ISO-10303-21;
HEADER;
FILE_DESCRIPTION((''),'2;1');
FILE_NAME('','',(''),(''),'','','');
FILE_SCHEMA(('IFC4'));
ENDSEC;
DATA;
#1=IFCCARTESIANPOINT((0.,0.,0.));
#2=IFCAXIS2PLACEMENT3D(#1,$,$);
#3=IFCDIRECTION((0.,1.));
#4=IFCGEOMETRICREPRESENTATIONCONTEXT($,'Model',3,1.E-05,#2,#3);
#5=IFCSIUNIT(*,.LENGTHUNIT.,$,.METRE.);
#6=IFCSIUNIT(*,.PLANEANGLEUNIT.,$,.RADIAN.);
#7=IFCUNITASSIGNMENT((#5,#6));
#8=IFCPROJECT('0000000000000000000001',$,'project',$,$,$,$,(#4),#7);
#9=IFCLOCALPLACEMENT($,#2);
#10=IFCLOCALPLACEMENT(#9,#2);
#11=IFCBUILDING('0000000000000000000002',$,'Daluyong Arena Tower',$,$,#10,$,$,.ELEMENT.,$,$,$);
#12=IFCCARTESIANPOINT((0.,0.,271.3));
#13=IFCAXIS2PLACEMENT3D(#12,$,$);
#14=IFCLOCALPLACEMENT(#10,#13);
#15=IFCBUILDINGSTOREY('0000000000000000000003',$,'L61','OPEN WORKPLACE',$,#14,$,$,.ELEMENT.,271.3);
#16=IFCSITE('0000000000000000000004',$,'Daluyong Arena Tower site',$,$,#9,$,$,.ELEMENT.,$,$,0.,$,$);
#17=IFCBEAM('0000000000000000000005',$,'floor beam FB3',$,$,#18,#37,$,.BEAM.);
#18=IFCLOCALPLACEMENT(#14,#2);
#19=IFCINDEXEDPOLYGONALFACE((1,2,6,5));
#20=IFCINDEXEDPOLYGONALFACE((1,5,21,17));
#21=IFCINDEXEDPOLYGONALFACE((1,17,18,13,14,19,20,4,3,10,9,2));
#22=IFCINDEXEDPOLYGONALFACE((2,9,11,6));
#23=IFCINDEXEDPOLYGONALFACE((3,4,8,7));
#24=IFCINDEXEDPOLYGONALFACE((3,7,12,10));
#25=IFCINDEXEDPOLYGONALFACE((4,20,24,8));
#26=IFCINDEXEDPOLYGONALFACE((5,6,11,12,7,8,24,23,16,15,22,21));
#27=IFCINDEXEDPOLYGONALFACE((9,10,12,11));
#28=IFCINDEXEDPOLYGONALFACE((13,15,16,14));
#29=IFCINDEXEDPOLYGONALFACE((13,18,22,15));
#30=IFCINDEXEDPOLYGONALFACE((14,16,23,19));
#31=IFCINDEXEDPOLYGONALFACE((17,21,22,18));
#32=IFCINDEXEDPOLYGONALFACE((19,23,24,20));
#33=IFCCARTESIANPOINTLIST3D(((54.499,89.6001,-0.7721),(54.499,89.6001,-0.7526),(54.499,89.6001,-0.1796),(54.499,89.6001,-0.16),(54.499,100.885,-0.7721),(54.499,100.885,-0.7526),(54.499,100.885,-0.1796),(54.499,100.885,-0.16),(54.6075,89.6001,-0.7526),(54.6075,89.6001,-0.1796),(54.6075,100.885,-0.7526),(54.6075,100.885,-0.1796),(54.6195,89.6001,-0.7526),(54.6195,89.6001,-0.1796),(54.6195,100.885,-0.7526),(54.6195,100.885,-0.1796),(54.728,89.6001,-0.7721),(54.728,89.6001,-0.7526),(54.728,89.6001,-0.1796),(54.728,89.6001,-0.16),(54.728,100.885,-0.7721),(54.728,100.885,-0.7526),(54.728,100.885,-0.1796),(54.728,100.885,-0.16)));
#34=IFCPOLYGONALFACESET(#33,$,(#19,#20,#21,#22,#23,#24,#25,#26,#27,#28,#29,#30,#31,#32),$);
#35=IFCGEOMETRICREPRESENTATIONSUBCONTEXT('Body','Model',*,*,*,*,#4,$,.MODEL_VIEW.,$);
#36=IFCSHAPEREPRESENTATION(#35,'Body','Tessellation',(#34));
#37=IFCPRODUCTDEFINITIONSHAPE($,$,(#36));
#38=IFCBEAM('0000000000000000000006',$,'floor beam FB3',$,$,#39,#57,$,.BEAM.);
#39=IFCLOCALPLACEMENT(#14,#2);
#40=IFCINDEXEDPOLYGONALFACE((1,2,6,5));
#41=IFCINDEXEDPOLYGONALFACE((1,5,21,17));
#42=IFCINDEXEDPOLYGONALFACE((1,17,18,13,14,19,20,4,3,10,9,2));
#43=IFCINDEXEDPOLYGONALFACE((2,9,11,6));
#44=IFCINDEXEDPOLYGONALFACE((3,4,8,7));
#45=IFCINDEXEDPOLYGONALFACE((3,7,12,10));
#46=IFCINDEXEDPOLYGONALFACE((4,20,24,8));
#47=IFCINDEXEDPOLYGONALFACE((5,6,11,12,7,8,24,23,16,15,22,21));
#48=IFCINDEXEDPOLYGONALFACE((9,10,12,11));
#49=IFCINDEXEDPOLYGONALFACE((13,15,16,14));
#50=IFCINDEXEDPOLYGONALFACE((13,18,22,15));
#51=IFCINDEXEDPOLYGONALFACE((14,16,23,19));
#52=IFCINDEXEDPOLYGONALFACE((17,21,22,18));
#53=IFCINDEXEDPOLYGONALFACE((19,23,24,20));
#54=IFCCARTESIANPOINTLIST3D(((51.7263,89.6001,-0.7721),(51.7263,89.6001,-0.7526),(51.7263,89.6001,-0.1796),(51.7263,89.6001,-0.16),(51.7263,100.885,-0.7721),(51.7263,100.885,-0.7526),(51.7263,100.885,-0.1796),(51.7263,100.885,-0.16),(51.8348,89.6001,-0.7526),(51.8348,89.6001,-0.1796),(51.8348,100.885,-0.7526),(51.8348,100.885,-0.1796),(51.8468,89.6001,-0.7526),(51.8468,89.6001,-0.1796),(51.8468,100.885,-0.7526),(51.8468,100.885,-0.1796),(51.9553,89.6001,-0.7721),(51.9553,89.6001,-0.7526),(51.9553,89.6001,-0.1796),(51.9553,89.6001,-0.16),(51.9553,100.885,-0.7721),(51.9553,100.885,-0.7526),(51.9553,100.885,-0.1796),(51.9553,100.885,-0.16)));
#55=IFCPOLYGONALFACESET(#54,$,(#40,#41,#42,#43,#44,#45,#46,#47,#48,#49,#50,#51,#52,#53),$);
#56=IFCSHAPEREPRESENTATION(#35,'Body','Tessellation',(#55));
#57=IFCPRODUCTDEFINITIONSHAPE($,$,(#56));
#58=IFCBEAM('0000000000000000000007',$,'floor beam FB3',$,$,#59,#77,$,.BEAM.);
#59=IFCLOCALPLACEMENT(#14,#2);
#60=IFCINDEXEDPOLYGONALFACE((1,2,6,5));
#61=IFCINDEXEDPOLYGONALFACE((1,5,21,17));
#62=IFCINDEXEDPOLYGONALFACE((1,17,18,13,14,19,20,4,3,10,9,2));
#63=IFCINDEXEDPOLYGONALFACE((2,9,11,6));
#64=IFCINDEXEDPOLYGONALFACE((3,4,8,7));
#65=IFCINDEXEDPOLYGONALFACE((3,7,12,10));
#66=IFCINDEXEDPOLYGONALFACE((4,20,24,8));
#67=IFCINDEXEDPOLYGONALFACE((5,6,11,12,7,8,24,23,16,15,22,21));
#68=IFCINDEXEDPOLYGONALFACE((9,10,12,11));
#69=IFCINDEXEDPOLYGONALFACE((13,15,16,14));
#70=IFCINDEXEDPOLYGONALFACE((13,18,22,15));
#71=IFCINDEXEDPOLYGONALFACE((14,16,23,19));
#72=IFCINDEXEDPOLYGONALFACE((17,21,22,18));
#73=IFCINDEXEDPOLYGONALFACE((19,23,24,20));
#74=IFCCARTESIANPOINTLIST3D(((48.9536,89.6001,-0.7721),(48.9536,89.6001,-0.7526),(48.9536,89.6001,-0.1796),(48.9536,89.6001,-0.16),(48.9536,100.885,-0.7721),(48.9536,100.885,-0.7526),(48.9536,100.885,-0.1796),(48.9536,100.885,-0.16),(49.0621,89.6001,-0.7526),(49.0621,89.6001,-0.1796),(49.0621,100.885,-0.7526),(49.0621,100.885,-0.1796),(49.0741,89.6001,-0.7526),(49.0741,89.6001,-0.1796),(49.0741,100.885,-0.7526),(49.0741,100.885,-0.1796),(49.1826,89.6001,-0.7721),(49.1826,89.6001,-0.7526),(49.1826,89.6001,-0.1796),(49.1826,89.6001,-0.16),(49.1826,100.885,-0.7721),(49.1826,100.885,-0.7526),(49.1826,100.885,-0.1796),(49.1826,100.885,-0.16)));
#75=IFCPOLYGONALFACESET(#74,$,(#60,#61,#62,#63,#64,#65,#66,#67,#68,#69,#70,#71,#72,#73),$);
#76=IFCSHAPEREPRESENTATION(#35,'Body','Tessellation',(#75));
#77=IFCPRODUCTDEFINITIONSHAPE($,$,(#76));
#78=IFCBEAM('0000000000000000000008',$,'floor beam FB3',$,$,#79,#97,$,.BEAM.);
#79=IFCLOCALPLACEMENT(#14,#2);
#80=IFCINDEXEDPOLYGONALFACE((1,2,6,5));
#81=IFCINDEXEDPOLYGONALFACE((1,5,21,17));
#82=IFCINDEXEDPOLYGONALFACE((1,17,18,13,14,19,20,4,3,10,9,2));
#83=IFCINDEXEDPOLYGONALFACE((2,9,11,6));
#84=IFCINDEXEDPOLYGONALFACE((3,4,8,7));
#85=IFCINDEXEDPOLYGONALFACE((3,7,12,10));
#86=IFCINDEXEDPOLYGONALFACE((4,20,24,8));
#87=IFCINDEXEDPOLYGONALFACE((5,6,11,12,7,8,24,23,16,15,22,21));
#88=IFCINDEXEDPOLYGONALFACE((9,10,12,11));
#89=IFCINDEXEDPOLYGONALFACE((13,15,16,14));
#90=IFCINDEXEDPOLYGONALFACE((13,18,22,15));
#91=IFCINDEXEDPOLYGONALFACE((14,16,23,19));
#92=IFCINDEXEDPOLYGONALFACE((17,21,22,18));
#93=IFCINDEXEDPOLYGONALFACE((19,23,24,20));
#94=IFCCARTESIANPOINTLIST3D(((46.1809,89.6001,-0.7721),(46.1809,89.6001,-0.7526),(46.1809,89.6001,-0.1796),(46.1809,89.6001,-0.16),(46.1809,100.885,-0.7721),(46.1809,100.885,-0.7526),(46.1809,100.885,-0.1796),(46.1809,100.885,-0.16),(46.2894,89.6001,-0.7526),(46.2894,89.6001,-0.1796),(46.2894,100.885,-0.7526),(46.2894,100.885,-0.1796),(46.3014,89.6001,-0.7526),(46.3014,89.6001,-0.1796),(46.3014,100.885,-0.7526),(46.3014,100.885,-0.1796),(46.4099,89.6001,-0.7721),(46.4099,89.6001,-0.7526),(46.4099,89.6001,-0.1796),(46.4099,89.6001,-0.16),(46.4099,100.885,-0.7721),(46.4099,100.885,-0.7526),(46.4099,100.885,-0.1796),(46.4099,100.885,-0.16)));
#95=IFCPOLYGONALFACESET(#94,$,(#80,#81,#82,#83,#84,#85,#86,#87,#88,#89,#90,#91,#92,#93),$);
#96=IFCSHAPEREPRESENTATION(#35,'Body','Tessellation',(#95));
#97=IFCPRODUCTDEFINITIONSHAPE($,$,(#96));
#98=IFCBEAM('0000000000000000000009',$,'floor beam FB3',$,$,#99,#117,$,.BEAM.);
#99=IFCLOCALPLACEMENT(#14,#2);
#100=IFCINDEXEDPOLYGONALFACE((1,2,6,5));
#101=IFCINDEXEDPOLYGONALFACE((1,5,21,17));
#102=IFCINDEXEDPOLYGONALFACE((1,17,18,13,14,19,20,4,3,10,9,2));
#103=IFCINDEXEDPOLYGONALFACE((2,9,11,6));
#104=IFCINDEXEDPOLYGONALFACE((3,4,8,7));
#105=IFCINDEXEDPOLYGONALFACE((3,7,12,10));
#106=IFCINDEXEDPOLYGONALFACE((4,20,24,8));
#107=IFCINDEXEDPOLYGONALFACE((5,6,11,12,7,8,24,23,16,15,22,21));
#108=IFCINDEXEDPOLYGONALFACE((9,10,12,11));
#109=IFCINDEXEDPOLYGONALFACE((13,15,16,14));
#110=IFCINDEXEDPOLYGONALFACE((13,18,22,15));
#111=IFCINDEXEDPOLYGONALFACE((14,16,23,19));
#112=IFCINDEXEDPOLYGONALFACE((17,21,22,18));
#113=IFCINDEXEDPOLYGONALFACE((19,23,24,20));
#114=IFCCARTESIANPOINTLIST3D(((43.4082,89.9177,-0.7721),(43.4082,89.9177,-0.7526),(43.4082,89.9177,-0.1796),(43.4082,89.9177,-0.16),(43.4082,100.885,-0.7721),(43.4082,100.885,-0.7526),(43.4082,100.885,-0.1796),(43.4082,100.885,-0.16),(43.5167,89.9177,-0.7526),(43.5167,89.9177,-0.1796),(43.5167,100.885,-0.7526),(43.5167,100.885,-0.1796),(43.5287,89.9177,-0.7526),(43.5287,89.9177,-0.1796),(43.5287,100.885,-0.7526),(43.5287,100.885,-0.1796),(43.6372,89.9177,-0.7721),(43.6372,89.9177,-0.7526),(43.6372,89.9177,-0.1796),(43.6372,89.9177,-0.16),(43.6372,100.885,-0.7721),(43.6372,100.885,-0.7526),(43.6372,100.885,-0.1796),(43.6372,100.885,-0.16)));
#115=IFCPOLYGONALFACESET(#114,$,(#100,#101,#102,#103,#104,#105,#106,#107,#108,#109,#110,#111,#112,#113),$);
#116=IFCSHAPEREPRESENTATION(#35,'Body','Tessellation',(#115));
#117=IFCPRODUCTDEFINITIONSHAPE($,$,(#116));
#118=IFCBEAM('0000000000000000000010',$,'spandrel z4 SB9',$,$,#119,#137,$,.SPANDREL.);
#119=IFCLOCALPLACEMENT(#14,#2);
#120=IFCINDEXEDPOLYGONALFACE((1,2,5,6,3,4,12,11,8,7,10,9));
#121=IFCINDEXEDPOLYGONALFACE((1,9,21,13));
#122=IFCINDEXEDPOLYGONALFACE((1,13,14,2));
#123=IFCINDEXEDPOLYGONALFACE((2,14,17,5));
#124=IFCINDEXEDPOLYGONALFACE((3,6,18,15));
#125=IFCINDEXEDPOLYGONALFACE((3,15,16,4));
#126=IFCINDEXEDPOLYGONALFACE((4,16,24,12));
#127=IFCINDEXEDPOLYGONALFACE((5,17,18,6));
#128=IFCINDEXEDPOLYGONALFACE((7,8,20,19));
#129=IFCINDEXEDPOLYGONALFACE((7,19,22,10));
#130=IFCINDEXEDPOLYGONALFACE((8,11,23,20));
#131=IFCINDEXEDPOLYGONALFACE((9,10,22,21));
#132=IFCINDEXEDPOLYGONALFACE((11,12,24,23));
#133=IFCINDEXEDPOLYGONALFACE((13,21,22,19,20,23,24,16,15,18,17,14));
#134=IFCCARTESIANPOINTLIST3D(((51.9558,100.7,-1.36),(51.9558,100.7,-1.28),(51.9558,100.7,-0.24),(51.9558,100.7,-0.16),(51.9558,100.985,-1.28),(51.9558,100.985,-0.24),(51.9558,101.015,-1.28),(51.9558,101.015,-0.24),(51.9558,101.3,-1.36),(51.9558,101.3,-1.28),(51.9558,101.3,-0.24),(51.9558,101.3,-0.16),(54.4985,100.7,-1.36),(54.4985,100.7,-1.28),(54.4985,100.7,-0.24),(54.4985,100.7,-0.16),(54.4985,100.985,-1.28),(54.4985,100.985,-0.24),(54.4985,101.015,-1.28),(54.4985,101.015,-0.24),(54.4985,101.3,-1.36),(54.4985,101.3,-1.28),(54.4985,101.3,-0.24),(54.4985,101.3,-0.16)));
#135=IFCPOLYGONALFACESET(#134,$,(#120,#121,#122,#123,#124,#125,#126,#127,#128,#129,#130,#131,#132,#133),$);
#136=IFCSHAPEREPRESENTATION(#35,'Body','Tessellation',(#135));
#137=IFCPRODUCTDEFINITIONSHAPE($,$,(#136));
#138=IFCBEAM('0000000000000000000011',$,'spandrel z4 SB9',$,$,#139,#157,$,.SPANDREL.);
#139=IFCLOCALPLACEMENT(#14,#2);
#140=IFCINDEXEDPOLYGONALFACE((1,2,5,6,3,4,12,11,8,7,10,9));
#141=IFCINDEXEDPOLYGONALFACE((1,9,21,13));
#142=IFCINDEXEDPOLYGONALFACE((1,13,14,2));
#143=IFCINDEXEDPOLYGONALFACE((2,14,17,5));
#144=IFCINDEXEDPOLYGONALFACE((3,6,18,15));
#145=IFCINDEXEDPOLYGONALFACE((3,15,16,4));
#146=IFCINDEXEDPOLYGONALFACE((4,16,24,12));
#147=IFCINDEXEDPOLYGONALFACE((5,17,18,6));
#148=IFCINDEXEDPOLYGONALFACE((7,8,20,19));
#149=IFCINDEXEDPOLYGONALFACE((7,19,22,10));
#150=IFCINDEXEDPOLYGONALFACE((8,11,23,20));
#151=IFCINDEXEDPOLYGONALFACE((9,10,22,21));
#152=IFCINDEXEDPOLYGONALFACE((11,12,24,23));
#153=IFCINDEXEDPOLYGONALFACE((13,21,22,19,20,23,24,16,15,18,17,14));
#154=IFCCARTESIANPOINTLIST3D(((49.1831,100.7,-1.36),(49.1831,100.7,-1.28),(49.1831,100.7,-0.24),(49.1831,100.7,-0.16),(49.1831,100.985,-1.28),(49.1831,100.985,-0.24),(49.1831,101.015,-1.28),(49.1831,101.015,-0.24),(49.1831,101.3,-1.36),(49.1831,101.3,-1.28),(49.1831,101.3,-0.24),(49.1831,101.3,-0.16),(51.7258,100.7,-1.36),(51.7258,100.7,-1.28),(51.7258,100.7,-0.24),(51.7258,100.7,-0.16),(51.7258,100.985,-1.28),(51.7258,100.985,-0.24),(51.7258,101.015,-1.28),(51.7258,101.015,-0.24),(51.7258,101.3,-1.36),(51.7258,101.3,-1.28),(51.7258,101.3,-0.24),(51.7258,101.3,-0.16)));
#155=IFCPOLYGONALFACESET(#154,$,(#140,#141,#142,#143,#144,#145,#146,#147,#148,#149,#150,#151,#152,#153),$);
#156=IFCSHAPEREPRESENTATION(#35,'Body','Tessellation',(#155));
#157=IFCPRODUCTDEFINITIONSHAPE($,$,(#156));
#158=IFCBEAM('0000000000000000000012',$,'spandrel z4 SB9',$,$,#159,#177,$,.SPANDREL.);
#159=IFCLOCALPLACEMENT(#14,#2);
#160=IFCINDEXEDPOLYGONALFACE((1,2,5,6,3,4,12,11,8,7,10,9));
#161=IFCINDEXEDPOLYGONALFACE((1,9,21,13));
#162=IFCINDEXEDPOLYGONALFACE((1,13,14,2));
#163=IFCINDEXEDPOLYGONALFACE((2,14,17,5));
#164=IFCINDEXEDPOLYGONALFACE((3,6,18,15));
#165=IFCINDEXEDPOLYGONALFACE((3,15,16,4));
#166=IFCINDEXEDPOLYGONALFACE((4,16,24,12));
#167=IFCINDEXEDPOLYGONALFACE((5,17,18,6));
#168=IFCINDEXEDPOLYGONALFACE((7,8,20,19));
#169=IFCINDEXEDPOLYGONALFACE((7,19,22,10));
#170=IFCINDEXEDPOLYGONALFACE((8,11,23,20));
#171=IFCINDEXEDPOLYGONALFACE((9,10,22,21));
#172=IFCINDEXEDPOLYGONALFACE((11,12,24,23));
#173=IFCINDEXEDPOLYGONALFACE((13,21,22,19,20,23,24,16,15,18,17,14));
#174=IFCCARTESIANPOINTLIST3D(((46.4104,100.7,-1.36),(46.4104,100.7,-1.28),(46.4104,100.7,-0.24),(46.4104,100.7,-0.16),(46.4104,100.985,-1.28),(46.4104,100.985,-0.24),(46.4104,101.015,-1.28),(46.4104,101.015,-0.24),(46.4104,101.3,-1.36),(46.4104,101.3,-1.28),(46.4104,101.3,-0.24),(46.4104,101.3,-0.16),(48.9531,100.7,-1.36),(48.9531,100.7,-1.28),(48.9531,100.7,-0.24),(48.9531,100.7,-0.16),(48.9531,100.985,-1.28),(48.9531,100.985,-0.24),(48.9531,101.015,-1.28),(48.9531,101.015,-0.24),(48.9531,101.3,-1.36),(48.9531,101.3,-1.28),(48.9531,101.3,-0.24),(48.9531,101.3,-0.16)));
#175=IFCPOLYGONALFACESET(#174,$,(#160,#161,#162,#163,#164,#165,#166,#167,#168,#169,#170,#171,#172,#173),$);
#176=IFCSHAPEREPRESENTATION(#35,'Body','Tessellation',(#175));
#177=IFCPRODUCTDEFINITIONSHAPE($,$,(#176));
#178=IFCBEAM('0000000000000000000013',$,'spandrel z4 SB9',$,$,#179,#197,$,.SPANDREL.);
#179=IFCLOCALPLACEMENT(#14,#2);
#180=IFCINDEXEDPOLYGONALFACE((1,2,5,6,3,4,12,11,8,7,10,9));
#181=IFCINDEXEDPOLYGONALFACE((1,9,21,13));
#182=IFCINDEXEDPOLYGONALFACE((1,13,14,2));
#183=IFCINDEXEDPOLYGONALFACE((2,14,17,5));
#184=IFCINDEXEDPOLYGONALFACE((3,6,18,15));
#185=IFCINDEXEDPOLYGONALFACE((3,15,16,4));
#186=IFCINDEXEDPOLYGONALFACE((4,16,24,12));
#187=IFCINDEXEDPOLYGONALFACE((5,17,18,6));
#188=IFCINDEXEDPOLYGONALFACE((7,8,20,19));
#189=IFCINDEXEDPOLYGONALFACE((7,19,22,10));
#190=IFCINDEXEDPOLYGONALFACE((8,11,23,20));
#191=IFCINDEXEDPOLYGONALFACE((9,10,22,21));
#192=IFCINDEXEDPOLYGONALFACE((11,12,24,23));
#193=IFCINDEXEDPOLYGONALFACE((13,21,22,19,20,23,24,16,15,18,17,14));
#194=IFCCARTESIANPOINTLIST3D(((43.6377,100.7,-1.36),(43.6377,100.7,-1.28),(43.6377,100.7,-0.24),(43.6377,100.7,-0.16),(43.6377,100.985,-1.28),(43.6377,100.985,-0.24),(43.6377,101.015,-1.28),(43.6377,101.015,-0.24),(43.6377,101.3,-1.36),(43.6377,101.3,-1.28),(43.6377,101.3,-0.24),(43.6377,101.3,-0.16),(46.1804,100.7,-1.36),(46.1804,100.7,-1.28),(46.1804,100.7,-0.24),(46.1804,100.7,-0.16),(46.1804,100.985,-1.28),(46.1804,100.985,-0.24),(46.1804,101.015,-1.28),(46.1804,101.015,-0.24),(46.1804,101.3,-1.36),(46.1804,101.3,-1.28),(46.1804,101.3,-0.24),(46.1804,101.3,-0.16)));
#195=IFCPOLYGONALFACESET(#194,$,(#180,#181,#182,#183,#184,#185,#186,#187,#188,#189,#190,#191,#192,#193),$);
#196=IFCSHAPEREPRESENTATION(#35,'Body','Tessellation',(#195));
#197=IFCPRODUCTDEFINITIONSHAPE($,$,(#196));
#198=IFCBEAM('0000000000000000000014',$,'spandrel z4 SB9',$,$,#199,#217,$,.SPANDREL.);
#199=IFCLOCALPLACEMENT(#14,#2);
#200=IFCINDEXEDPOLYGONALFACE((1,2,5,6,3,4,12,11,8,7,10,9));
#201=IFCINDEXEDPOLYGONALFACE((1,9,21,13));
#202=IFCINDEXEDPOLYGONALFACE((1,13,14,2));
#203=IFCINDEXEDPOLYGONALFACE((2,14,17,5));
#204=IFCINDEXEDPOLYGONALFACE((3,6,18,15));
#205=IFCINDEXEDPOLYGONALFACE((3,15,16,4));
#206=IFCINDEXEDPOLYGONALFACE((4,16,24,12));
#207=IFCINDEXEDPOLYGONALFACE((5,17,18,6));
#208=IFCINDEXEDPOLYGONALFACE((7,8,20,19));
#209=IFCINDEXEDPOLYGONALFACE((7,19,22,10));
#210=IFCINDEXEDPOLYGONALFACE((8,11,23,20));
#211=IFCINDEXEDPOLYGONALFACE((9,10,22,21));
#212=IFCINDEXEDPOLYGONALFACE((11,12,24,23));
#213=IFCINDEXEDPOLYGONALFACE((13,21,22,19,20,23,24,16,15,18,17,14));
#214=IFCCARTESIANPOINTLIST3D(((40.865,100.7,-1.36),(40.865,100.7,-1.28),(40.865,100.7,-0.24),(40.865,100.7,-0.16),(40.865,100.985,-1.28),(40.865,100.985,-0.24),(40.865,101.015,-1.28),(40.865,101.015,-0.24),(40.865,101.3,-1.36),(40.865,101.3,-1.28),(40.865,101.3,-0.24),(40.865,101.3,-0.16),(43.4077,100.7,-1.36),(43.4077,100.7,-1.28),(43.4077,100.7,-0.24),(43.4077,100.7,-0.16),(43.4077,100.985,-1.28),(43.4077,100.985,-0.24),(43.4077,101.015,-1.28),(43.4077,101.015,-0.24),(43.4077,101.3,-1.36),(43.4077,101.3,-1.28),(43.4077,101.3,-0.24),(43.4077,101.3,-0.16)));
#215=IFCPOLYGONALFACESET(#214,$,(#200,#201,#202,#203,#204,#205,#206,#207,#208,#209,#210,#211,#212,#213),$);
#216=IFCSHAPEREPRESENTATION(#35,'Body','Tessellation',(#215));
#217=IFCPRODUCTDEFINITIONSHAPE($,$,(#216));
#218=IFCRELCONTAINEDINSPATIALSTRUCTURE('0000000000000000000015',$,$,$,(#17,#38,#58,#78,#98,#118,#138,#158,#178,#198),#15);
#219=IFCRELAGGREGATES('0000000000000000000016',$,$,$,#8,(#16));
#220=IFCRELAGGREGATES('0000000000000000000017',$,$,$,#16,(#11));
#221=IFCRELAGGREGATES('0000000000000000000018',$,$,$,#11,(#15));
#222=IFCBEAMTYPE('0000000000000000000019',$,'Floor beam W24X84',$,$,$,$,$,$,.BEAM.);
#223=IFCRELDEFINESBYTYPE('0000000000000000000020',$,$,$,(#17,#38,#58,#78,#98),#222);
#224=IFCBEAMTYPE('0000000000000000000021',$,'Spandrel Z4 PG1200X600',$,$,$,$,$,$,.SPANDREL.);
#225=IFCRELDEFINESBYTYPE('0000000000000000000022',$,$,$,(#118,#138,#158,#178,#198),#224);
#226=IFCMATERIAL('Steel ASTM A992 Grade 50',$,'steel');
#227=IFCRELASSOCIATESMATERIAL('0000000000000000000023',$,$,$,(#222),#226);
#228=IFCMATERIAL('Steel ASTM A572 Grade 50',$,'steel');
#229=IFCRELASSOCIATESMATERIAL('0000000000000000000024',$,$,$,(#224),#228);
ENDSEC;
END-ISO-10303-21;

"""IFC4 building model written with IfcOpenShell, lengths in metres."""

from ifc_helpers import new_model, si_unit, direction, frame, origin, origin_2d, place, context, subcontext, project, spatial, i_section, extrude, material, material_profile, profile_set, type_object, element, save


model = new_model("IFC4")

# Units and contexts
model_context = context("Model", 3, precision=1e-05, world=origin(), true_north=direction((0.0, 1.0)))
body_context = subcontext(model_context, "Body", "Model", "MODEL_VIEW")
ifc_project = project(units=[si_unit("LENGTHUNIT", "METRE"), si_unit("PLANEANGLEUNIT", "RADIAN")], contexts=[model_context])

# Site, building, storey
site_placement = place(None, origin())
site = spatial("IfcSite", under=ifc_project, at=site_placement, Name="Daluyong Arena Tower site", CompositionType="ELEMENT", RefElevation=0.0)
building_placement = place(site_placement, origin())
building = spatial("IfcBuilding", under=site, at=building_placement, Name="Daluyong Arena Tower", CompositionType="ELEMENT")
storey_placement = place(building_placement, frame((0.0, 0.0, 271.3)))
storey = spatial("IfcBuildingStorey", under=building, at=storey_placement, Name="L61", Description="OPEN WORKPLACE", CompositionType="ELEMENT", Elevation=271.3)

# Beams
ifc_material_1 = material(Name="Steel ASTM A992 Grade 50", Category="steel")
ifc_material_profile_1 = material_profile(ifc_material_1, i_section(OverallWidth=0.229, OverallDepth=0.6121, WebThickness=0.012, FlangeThickness=0.0195, at=origin_2d()))
ifc_profile_set_1 = profile_set([ifc_material_profile_1], Name="Steel ASTM A992 Grade 50")
beam_type_1 = type_object("IfcBeamType", Name="Floor beam W24X84", PredefinedType="BEAM", material=ifc_profile_set_1)
for number, where, z_axis, x_axis, name in (
    (1, (54.6135, 100.885, -0.4661), (0.0, -1.0, 0.0), (1.0, 0.0, 0.0), "floor beam FB3"),
    (2, (51.8408, 100.885, -0.4661), (0.0, -1.0, 0.0), (1.0, 0.0, 0.0), "floor beam FB3"),
    (3, (49.0681, 100.885, -0.4661), (0.0, -1.0, 0.0), (1.0, 0.0, 0.0), "floor beam FB3"),
    (4, (46.2954, 100.885, -0.4661), (0.0, -1.0, 0.0), (1.0, 0.0, 0.0), "floor beam FB3"),
):
    element("IfcBeam", number, at=place(storey_placement, frame(where, z_axis=z_axis, x_axis=x_axis)), inside=storey, type_object=beam_type_1, Name=name, PredefinedType="BEAM", context=body_context, shape_type="SweptSolid", body=[
        extrude(i_section(OverallWidth=0.229, OverallDepth=0.6121, WebThickness=0.012, FlangeThickness=0.0195, at=origin_2d()), origin(), (0.0, 0.0, 1.0), 11.2849),
    ])
beam_placement = place(storey_placement, frame((43.5227, 100.885, -0.4661), z_axis=(0.0, -1.0, 0.0), x_axis=(1.0, 0.0, 0.0)))
element("IfcBeam", 5, at=beam_placement, inside=storey, type_object=beam_type_1, Name="floor beam FB3", PredefinedType="BEAM", context=body_context, shape_type="SweptSolid", body=[
    extrude(i_section(OverallWidth=0.229, OverallDepth=0.6121, WebThickness=0.012, FlangeThickness=0.0195, at=origin_2d()), origin(), (0.0, 0.0, 1.0), 10.9673),
])
ifc_material_2 = material(Name="Steel ASTM A572 Grade 50", Category="steel")
ifc_material_profile_2 = material_profile(ifc_material_2, i_section(OverallWidth=0.6001, OverallDepth=1.2, WebThickness=0.03, FlangeThickness=0.08, at=origin_2d()))
ifc_profile_set_2 = profile_set([ifc_material_profile_2], Name="Steel ASTM A572 Grade 50")
beam_type_2 = type_object("IfcBeamType", Name="Spandrel Z4 PG1200X600", PredefinedType="SPANDREL", material=ifc_profile_set_2)
for number, where, z_axis, x_axis, name in (
    (6, (54.4985, 101.0, -0.76), (-1.0, 0.0, 0.0), (0.0, -1.0, 0.0), "spandrel z4 SB9"),
    (7, (51.7258, 101.0, -0.76), (-1.0, 0.0, 0.0), (0.0, -1.0, 0.0), "spandrel z4 SB9"),
    (8, (48.9531, 101.0, -0.76), (-1.0, 0.0, 0.0), (0.0, -1.0, 0.0), "spandrel z4 SB9"),
    (9, (46.1804, 101.0, -0.76), (-1.0, 0.0, 0.0), (0.0, -1.0, 0.0), "spandrel z4 SB9"),
    (10, (43.4077, 101.0, -0.76), (-1.0, 0.0, 0.0), (0.0, -1.0, 0.0), "spandrel z4 SB9"),
):
    element("IfcBeam", number, at=place(storey_placement, frame(where, z_axis=z_axis, x_axis=x_axis)), inside=storey, type_object=beam_type_2, Name=name, PredefinedType="SPANDREL", context=body_context, shape_type="SweptSolid", body=[
        extrude(i_section(OverallWidth=0.6001, OverallDepth=1.2, WebThickness=0.03, FlangeThickness=0.08, at=origin_2d()), origin(), (0.0, 0.0, 1.0), 2.5427),
    ])

save(model, "model.ifc")
